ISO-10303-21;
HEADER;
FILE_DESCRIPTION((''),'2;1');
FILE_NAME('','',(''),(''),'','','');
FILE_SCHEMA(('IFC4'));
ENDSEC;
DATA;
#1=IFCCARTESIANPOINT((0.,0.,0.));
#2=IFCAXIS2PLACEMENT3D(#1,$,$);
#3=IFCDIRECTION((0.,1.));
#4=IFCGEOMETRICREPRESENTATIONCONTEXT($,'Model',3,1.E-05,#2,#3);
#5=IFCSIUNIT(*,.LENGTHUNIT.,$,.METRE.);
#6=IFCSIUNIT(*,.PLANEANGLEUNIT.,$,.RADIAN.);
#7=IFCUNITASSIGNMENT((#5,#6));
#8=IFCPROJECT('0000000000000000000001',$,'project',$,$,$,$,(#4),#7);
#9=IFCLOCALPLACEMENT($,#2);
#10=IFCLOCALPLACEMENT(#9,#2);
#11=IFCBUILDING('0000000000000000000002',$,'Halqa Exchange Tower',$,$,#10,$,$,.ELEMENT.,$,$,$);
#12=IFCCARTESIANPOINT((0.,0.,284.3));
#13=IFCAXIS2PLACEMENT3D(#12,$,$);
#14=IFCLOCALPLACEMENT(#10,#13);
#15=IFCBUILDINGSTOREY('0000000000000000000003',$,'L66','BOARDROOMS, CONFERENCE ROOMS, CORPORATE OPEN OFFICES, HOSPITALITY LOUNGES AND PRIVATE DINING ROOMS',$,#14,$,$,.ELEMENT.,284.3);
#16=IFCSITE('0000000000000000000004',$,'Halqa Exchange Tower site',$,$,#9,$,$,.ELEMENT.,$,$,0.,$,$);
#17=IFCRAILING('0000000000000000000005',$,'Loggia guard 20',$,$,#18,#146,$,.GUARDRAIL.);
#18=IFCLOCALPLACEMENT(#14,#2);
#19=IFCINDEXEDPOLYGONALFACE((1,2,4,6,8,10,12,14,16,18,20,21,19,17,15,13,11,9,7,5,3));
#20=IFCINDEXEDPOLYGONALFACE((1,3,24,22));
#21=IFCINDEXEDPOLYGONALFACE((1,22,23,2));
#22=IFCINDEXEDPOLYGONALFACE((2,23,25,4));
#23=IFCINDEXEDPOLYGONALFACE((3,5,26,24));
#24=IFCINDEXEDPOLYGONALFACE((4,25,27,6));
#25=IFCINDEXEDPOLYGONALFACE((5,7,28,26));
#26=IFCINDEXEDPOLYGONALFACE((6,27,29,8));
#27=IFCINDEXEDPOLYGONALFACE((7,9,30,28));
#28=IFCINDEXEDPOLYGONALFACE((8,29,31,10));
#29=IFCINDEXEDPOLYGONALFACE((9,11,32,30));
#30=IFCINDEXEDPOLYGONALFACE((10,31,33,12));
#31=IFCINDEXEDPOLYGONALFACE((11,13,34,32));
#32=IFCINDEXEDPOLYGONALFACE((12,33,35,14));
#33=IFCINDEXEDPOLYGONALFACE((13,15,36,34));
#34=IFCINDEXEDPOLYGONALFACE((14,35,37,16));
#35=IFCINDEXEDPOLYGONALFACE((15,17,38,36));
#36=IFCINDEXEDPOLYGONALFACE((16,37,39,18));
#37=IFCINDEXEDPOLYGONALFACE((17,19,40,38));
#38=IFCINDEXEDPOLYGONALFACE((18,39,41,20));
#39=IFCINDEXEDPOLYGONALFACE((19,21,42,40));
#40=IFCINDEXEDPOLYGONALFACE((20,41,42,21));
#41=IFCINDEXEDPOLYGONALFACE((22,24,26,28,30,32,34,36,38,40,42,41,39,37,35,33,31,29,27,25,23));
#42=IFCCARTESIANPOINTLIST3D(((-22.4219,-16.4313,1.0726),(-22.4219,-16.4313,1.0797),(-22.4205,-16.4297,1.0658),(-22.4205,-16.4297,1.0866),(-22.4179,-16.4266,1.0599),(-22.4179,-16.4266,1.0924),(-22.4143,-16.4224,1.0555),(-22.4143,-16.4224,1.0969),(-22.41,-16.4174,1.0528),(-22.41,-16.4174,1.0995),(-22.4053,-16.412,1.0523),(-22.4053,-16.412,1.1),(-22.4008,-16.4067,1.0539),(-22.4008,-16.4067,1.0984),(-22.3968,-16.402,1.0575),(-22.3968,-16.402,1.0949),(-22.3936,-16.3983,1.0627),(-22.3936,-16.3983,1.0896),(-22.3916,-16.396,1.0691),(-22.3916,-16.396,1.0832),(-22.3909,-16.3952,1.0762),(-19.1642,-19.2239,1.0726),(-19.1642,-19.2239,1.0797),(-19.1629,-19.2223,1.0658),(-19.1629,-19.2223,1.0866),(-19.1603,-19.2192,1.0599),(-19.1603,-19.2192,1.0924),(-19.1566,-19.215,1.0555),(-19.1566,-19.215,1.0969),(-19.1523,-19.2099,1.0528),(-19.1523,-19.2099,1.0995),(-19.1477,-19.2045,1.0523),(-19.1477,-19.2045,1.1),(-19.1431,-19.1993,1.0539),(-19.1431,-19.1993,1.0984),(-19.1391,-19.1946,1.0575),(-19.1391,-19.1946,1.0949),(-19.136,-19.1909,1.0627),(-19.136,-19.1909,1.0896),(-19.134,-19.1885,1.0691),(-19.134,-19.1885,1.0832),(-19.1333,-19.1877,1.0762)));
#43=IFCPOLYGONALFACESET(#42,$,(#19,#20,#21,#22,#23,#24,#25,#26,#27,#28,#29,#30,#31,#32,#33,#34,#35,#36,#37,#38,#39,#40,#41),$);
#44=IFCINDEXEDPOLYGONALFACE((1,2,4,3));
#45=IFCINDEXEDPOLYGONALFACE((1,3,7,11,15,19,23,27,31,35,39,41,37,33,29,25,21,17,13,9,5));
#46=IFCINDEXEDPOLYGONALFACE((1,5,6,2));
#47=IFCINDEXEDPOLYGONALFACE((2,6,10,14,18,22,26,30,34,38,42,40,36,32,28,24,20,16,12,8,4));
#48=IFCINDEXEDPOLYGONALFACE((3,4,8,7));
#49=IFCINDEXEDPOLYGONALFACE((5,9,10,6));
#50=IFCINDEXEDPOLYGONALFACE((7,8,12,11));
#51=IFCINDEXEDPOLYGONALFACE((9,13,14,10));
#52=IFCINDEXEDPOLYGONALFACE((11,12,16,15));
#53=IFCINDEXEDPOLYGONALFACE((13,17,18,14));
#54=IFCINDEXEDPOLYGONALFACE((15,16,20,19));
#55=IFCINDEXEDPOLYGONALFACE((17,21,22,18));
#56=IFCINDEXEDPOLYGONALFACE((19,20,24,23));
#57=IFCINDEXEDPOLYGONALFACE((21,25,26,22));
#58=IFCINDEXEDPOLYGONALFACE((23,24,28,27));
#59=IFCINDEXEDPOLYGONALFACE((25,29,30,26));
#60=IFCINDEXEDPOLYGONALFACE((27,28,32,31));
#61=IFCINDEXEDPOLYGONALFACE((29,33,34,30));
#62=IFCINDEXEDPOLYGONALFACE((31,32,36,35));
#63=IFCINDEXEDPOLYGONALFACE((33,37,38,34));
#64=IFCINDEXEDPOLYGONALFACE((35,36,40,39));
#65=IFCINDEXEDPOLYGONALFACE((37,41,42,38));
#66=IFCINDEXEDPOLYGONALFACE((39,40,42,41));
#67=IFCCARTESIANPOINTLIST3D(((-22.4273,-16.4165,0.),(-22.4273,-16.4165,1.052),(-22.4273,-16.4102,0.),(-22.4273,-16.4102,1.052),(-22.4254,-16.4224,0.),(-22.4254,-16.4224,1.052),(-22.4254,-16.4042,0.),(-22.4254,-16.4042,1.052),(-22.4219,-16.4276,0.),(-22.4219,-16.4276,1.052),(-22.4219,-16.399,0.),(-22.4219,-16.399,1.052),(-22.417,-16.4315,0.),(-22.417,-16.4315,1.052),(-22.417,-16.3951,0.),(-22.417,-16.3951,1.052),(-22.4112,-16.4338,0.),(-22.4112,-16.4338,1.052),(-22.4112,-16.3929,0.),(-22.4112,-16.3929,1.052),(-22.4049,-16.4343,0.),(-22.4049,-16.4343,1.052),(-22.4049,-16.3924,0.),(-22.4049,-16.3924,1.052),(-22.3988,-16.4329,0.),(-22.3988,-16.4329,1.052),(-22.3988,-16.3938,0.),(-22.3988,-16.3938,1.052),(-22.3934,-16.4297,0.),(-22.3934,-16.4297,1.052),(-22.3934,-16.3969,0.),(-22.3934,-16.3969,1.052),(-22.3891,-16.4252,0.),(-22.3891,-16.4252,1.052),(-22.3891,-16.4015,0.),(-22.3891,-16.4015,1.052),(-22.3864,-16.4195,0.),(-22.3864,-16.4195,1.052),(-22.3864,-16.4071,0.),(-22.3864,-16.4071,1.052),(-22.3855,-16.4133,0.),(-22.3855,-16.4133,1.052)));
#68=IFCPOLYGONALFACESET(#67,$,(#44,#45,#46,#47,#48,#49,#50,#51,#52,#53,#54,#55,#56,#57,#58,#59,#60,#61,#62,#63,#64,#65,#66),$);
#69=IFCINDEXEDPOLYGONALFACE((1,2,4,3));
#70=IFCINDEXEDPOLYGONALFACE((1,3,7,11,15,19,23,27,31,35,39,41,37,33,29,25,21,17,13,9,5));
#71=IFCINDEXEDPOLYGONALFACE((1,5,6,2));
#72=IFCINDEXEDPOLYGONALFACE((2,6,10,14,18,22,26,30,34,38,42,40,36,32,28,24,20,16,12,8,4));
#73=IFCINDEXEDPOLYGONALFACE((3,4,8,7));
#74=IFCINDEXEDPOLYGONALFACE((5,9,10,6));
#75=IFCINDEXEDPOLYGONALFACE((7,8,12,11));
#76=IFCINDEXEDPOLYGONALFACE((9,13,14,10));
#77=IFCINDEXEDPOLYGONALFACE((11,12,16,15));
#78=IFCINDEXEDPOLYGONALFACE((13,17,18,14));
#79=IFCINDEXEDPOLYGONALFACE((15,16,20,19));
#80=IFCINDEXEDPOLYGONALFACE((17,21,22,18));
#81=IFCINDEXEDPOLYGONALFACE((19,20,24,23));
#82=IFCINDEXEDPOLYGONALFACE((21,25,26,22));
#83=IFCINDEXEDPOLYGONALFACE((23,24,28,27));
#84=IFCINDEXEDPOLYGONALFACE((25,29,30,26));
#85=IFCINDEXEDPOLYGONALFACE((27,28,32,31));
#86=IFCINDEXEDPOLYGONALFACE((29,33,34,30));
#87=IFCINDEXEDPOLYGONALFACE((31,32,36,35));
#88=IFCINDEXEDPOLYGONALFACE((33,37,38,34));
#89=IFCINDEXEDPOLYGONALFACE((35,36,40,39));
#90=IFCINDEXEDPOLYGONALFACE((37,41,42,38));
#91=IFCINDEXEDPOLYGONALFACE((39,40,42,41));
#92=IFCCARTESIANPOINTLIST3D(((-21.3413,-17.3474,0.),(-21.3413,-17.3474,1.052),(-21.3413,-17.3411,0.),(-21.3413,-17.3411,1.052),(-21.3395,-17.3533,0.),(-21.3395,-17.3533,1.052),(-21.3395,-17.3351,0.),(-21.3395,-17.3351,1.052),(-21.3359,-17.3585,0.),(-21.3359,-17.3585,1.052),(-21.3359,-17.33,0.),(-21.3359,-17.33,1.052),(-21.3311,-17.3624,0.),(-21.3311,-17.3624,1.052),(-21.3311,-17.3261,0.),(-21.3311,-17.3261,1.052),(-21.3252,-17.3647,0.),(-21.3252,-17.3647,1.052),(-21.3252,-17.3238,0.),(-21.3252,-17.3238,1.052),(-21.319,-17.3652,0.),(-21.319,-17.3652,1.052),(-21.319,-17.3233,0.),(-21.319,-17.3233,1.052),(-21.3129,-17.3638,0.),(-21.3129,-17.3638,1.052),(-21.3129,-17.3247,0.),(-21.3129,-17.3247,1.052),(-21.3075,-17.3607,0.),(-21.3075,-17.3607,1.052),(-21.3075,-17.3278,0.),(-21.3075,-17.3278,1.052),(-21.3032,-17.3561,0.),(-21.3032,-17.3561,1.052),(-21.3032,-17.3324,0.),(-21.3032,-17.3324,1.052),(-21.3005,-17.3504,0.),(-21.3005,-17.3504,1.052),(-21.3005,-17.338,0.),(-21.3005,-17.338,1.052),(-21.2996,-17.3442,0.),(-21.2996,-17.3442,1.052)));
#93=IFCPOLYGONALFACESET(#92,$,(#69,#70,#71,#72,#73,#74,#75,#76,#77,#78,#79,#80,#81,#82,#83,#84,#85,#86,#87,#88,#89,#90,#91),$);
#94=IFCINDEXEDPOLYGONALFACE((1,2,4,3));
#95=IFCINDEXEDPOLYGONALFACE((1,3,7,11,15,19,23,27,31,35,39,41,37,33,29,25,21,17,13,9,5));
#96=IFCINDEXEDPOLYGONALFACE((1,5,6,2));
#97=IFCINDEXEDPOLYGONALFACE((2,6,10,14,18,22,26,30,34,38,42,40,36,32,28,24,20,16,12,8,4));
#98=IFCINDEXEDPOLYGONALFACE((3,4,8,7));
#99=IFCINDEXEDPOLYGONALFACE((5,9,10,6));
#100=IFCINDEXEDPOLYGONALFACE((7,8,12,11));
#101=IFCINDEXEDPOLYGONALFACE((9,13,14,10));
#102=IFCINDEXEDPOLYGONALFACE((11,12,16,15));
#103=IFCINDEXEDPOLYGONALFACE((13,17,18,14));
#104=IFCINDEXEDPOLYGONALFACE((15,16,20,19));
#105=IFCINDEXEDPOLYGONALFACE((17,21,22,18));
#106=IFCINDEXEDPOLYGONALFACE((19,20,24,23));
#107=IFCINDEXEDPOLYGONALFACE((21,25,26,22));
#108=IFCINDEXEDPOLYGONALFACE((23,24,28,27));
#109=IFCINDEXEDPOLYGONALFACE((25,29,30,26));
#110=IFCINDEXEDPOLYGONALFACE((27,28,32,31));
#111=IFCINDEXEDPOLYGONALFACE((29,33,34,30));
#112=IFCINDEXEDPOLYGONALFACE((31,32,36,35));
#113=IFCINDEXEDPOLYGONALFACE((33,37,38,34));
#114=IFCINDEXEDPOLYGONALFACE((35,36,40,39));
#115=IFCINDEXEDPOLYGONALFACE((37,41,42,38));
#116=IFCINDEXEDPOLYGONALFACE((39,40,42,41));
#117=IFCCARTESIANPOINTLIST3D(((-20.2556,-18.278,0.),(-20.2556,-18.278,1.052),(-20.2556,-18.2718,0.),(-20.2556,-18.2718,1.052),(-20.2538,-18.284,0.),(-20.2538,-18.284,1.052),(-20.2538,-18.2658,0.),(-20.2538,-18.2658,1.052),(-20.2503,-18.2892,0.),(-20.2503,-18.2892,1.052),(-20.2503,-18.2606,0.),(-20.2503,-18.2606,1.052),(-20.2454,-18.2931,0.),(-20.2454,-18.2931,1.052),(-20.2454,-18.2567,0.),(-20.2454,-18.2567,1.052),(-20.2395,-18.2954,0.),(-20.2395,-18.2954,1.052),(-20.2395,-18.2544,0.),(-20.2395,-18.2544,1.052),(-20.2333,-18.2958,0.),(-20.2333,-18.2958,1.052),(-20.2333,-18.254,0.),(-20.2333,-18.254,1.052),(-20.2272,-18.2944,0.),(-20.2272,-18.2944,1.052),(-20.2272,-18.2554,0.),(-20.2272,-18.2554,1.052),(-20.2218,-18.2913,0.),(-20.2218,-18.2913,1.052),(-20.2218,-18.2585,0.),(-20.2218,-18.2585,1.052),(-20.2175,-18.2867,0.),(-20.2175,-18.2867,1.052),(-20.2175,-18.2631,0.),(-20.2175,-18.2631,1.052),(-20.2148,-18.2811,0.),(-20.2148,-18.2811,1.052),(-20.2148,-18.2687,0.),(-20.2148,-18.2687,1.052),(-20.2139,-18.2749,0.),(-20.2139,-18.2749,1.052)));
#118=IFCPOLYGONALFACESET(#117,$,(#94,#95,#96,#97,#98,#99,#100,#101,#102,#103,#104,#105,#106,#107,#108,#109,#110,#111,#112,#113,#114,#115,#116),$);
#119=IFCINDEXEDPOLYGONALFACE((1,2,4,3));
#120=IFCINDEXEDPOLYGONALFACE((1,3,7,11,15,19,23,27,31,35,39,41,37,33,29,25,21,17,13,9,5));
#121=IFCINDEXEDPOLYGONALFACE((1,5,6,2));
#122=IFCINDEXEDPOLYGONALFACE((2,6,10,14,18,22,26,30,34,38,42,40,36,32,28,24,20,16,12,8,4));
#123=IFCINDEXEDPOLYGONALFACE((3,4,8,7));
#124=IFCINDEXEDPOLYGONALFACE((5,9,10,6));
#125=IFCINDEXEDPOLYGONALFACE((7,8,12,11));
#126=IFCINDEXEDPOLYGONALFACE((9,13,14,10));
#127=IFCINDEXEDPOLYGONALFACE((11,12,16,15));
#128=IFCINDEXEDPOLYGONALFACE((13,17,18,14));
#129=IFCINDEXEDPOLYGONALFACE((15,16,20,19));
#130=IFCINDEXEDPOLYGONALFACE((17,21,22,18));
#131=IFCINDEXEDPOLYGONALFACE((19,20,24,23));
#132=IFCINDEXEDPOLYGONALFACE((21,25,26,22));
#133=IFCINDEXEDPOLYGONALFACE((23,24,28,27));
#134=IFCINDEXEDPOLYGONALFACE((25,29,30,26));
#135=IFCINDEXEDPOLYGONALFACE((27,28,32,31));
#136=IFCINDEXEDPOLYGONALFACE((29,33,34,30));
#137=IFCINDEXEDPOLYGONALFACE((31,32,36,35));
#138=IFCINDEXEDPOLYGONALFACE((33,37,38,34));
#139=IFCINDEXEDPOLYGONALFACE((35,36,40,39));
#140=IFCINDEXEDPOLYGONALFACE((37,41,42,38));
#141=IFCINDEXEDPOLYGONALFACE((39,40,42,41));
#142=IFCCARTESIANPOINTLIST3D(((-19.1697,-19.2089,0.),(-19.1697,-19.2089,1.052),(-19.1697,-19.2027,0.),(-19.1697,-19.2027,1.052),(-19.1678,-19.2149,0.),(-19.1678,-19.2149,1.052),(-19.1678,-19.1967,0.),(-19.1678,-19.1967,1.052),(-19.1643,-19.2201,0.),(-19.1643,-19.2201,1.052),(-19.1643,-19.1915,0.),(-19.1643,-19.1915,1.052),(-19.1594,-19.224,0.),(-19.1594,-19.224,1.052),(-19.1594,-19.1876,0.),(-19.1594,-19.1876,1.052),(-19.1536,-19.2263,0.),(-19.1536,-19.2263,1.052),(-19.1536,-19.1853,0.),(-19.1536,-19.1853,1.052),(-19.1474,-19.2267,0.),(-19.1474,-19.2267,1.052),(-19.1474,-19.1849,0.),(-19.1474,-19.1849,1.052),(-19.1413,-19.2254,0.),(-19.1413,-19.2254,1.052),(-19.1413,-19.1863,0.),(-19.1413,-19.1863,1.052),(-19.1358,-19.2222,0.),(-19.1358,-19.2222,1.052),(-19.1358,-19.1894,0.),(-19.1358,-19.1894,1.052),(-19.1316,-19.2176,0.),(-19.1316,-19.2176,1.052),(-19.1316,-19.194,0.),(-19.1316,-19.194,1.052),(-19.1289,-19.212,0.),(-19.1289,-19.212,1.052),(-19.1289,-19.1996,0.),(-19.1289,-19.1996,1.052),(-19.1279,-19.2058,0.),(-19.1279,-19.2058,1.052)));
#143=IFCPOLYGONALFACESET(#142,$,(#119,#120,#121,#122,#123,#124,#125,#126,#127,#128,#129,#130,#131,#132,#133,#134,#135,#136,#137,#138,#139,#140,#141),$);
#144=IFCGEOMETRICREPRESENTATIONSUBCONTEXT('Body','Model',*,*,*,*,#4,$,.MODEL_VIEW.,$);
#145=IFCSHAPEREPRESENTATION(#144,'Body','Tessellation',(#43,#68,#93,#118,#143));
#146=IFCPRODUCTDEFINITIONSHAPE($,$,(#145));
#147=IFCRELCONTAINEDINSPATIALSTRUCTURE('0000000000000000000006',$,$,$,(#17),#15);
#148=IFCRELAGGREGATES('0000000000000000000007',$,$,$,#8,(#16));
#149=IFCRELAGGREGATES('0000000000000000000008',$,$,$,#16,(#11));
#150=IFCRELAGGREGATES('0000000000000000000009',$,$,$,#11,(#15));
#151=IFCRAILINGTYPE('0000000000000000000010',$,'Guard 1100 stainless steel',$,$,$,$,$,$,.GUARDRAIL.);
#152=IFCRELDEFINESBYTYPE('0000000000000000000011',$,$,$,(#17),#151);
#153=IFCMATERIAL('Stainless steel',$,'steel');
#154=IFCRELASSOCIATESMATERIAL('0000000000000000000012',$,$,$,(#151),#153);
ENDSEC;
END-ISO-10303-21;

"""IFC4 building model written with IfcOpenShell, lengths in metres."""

from ifc_helpers import new_model, si_unit, direction, frame, origin, origin_2d, place, context, subcontext, project, spatial, circle, extrude, material, type_object, element, save


model = new_model("IFC4")

# Units and contexts
model_context = context("Model", 3, precision=1e-05, world=origin(), true_north=direction((0.0, 1.0)))
body_context = subcontext(model_context, "Body", "Model", "MODEL_VIEW")
ifc_project = project(units=[si_unit("LENGTHUNIT", "METRE"), si_unit("PLANEANGLEUNIT", "RADIAN")], contexts=[model_context])

# Site, building, storey
site_placement = place(None, origin())
site = spatial("IfcSite", under=ifc_project, at=site_placement, Name="Halqa Exchange Tower site", CompositionType="ELEMENT", RefElevation=0.0)
building_placement = place(site_placement, origin())
building = spatial("IfcBuilding", under=site, at=building_placement, Name="Halqa Exchange Tower", CompositionType="ELEMENT")
storey_placement = place(building_placement, frame((0.0, 0.0, 284.3)))
storey = spatial("IfcBuildingStorey", under=building, at=storey_placement, Name="L66", Description="BOARDROOMS, CONFERENCE ROOMS, CORPORATE OPEN OFFICES, HOSPITALITY LOUNGES AND PRIVATE DINING ROOMS", CompositionType="ELEMENT", Elevation=284.3)

# Railing
ifc_material_1 = material(Name="Stainless steel", Category="steel")
railing_type = type_object("IfcRailingType", Name="Guard 1100 stainless steel", PredefinedType="GUARDRAIL", material=ifc_material_1)
railing_1_placement = place(storey_placement, frame((-22.4065, -16.4133, 0.0)))
element("IfcRailing", 1, at=railing_1_placement, inside=storey, type_object=railing_type, Name="Loggia guard 20", PredefinedType="GUARDRAIL", context=body_context, shape_type="SweptSolid", body=[
    extrude(circle(Radius=0.0239, at=origin_2d()), frame((0.0, 0.0, 1.0762), z_axis=(0.759224, -0.650829, 0.0), x_axis=(0.650829, 0.759224, 0.0)), (0.0, 0.0, 1.0), 4.2908),
    extrude(circle(Radius=0.021, at=origin_2d()), origin(), (0.0, 0.0, 1.0), 1.052),
    extrude(circle(Radius=0.021, at=origin_2d()), frame((1.0859, -0.9309, 0.0)), (0.0, 0.0, 1.0), 1.052),
    extrude(circle(Radius=0.021, at=origin_2d()), frame((2.1716, -1.8616, 0.0)), (0.0, 0.0, 1.0), 1.052),
    extrude(circle(Radius=0.021, at=origin_2d()), frame((3.2576, -2.7925, 0.0)), (0.0, 0.0, 1.0), 1.052),
])

save(model, "model.ifc")
